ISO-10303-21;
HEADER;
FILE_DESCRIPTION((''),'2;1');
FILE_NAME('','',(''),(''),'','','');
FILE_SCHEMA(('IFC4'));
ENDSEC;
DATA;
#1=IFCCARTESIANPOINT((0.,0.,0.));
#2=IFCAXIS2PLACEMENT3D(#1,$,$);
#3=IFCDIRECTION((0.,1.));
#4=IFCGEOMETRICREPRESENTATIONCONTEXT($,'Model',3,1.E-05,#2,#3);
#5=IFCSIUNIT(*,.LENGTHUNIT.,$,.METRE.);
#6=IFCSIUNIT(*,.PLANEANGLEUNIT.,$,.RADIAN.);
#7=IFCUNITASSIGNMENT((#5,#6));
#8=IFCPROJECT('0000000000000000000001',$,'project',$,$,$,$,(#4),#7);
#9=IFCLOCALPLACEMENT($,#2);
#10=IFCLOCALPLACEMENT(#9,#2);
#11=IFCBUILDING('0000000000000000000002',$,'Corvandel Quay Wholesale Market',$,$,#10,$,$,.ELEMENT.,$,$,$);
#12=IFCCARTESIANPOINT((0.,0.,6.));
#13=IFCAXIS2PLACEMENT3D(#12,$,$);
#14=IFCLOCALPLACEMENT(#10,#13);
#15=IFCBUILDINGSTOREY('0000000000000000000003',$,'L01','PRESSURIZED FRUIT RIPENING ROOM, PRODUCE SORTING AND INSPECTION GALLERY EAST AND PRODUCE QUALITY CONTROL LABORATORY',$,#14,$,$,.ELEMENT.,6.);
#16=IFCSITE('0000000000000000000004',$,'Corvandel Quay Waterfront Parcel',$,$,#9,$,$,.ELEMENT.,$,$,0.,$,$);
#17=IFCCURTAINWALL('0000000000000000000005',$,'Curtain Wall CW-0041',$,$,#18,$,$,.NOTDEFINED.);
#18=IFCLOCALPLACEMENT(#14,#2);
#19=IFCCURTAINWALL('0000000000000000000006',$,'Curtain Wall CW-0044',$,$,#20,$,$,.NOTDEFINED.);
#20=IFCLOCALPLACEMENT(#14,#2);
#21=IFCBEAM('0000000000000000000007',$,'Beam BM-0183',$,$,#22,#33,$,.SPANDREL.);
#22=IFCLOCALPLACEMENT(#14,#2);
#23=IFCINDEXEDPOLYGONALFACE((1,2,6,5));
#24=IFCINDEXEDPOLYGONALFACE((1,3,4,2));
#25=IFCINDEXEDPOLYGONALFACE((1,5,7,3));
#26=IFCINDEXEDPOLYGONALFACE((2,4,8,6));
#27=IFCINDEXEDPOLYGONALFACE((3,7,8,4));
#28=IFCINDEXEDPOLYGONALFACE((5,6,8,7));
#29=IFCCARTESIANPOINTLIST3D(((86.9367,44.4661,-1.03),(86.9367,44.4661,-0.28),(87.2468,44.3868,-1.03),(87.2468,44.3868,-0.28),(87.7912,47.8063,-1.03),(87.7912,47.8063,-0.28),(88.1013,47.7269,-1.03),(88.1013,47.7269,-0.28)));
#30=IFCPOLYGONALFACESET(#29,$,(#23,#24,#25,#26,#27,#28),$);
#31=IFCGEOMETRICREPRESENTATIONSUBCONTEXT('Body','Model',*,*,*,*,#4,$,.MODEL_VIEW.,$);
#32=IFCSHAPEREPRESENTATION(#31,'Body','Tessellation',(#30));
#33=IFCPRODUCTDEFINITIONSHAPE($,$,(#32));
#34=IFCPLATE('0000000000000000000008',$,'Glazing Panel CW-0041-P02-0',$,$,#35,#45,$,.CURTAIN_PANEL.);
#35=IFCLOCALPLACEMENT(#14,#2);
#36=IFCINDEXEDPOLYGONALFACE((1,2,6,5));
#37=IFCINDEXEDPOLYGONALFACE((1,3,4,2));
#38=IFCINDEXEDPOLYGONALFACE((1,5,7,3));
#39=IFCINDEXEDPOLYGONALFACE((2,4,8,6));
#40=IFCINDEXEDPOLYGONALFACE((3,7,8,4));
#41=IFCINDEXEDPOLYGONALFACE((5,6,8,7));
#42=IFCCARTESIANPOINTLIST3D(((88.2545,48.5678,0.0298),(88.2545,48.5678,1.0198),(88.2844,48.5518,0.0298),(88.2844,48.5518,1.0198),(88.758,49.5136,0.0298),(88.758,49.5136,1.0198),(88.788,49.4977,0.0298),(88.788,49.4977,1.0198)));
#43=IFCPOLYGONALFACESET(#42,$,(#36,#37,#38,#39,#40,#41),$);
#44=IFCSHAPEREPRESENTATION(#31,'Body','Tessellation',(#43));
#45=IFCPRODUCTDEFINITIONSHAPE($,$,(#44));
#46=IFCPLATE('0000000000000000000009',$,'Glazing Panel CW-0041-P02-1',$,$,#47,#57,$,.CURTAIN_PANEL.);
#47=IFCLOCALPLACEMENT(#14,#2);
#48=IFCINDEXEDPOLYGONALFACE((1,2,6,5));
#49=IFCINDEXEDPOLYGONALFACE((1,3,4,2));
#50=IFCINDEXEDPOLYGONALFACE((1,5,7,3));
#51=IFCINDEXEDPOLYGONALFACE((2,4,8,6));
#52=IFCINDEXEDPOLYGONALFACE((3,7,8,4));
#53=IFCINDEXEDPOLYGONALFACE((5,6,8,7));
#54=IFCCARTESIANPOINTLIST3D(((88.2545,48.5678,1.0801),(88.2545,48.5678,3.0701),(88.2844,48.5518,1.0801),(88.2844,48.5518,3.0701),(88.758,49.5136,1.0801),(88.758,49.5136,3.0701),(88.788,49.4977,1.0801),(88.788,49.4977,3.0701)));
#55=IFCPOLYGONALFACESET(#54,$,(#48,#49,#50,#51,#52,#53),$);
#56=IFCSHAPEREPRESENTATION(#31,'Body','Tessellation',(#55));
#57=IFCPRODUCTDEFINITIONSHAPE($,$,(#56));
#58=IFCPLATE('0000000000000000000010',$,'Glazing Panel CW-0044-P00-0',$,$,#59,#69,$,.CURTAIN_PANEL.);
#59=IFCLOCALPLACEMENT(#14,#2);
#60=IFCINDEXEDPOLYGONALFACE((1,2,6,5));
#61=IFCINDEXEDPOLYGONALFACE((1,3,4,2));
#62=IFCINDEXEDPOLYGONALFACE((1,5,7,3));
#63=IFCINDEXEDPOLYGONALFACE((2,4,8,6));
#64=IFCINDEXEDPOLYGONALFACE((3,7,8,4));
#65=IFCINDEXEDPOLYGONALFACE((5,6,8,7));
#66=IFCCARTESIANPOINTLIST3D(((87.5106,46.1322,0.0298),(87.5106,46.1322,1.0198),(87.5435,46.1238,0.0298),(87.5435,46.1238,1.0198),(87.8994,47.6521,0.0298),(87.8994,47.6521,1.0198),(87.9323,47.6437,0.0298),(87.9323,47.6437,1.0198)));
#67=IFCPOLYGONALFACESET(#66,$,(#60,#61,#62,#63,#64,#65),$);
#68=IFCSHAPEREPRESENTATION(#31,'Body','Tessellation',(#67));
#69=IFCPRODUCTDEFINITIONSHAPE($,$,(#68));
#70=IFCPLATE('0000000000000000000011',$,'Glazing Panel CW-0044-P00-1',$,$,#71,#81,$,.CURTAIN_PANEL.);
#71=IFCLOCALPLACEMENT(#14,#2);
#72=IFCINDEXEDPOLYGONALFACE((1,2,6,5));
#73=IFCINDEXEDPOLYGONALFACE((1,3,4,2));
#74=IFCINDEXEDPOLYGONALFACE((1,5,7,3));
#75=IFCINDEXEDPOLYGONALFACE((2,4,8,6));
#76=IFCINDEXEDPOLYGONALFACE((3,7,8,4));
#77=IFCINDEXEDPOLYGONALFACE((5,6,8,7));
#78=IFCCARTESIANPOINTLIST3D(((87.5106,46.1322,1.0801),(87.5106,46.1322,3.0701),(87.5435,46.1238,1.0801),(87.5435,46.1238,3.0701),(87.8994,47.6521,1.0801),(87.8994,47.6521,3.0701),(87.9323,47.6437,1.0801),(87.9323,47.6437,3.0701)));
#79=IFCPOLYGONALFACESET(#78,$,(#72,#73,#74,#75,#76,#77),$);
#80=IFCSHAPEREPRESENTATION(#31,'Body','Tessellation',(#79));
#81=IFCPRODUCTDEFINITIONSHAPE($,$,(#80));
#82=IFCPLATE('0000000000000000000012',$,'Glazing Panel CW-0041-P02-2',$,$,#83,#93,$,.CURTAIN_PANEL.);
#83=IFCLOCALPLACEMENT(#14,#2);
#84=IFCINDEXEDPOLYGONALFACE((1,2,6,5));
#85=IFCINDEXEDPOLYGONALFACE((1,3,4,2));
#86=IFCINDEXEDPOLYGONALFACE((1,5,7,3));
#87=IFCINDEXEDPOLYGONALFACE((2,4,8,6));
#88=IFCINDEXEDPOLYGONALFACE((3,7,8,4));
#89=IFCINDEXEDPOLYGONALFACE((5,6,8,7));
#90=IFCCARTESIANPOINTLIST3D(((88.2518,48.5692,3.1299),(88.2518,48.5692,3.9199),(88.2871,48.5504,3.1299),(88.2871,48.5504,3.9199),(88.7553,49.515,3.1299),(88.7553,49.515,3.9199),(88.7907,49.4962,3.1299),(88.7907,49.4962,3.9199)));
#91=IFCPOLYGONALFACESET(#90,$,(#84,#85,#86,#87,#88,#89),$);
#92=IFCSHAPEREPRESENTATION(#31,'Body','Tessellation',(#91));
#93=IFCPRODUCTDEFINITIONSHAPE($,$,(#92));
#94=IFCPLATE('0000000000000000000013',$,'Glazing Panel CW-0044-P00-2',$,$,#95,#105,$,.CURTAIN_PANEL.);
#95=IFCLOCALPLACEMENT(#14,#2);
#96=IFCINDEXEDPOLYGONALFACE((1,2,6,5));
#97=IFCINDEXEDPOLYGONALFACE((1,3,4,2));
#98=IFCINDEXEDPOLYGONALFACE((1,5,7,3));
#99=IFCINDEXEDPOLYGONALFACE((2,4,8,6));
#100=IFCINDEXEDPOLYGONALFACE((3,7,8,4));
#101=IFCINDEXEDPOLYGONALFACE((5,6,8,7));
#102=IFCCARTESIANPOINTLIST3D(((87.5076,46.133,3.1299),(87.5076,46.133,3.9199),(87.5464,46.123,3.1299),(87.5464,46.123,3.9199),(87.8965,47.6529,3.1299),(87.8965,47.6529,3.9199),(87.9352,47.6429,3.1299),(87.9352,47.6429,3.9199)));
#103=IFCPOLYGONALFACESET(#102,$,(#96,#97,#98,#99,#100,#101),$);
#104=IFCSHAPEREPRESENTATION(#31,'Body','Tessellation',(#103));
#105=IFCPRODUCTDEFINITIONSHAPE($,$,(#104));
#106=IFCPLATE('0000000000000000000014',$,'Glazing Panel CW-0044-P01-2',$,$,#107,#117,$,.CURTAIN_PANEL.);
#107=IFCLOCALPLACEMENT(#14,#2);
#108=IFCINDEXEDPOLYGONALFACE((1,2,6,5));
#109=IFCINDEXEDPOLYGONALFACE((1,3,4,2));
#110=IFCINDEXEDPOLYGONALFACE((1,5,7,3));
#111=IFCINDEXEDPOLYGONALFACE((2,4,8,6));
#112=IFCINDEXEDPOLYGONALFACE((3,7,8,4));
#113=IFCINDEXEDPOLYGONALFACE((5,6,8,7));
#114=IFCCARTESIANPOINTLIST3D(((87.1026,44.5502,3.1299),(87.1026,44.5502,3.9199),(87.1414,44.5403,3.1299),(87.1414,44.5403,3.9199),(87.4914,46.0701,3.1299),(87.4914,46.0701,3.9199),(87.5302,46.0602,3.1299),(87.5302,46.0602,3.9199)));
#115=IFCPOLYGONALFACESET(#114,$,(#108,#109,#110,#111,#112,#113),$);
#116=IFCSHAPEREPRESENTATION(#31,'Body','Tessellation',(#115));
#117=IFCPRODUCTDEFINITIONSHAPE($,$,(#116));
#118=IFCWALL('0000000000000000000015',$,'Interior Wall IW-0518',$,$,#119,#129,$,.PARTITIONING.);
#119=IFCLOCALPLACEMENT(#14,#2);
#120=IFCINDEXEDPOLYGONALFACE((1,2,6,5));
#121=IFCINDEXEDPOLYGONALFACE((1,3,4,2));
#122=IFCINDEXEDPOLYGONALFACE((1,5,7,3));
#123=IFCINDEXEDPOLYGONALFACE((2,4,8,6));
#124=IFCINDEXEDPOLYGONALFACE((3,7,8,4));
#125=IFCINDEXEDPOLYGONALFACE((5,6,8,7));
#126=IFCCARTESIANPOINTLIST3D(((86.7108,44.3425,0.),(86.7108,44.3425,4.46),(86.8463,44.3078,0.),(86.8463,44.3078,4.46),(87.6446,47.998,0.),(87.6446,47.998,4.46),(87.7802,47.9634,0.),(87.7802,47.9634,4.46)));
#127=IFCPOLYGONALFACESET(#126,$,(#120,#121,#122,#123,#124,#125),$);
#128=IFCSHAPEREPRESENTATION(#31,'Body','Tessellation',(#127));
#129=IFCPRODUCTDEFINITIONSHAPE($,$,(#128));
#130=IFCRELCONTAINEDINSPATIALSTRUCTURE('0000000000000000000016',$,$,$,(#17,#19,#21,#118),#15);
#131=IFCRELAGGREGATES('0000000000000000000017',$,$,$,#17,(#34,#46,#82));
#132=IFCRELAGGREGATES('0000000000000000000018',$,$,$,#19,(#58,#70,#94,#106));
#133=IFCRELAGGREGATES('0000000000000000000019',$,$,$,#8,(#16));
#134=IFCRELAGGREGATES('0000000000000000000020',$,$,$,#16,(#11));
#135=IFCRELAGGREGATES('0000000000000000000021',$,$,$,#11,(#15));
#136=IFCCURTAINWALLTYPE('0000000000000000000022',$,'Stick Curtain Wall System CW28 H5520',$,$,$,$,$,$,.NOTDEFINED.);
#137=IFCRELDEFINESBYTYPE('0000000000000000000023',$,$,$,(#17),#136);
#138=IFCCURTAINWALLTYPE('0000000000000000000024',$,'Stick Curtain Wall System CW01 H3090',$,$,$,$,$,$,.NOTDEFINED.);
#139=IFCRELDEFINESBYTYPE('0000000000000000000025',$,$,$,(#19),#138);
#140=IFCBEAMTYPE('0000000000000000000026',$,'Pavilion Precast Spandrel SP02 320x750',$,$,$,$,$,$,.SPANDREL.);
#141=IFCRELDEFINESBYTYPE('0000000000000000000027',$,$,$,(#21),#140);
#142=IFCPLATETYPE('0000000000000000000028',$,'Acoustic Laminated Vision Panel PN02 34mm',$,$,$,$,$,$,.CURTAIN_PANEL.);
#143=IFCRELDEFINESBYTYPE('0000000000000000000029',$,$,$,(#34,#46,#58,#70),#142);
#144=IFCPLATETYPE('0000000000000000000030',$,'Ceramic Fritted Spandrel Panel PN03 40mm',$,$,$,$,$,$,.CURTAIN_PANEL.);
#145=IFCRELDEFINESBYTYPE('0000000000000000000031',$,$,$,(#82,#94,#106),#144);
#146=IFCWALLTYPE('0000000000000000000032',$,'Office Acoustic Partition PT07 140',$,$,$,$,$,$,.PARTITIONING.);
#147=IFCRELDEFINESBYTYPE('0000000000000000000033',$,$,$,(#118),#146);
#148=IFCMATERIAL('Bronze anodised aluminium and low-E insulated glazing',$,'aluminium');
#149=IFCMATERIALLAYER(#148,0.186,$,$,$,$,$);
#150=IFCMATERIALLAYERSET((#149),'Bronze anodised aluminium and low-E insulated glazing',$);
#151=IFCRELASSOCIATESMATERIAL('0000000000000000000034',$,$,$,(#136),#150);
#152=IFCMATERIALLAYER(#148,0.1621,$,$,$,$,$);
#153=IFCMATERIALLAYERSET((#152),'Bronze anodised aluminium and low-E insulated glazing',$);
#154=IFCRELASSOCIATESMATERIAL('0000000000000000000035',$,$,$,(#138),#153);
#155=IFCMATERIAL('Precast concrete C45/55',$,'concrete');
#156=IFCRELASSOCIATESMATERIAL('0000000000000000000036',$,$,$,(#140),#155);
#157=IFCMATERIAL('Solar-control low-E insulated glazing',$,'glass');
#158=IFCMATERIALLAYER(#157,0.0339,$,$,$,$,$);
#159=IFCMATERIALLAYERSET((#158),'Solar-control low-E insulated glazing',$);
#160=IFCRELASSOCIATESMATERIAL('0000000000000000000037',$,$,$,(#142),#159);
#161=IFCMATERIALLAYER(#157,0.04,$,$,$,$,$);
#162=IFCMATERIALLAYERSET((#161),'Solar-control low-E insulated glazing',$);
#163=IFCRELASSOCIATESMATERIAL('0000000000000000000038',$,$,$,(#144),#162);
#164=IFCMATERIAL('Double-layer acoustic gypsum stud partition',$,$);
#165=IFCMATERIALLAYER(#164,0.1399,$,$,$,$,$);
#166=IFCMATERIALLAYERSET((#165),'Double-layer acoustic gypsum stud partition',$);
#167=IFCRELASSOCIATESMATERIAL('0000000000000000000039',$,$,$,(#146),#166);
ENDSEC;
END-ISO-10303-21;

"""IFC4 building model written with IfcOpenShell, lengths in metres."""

from ifc_helpers import new_model, si_unit, direction, frame, frame_2d, origin, origin_2d, place, context, subcontext, project, spatial, rectangle, extrude, material, layer, layer_set, material_profile, profile_set, type_object, element, aggregate, save


model = new_model("IFC4")

# Units and contexts
model_context = context("Model", 3, precision=1e-05, world=origin(), true_north=direction((0.0, 1.0)))
body_context = subcontext(model_context, "Body", "Model", "MODEL_VIEW")
ifc_project = project(units=[si_unit("LENGTHUNIT", "METRE"), si_unit("PLANEANGLEUNIT", "RADIAN")], contexts=[model_context])

# Site, building, storey
site_placement = place(None, origin())
site = spatial("IfcSite", under=ifc_project, at=site_placement, Name="Corvandel Quay Waterfront Parcel", CompositionType="ELEMENT", RefElevation=0.0)
building_placement = place(site_placement, origin())
building = spatial("IfcBuilding", under=site, at=building_placement, Name="Corvandel Quay Wholesale Market", CompositionType="ELEMENT")
storey_placement = place(building_placement, frame((0.0, 0.0, 6.0)))
storey = spatial("IfcBuildingStorey", under=building, at=storey_placement, Name="L01", Description="PRESSURIZED FRUIT RIPENING ROOM, PRODUCE SORTING AND INSPECTION GALLERY EAST AND PRODUCE QUALITY CONTROL LABORATORY", CompositionType="ELEMENT", Elevation=6.0)

# Shared definitions
ifc_material_1 = material(Name="Precast concrete C45/55", Category="concrete")

# Curtain wall
ifc_material_2 = material(Name="Bronze anodised aluminium and low-E insulated glazing", Category="aluminium")
ifc_layer_1 = layer(ifc_material_2, 0.186)
ifc_layer_set_1 = layer_set([ifc_layer_1], Name="Bronze anodised aluminium and low-E insulated glazing")
curtain_wall_type_1 = type_object("IfcCurtainWallType", Name="Stick Curtain Wall System CW28 H5520", PredefinedType="NOTDEFINED", material=ifc_layer_set_1)
curtain_wall_1_placement = place(storey_placement, origin())
curtain_wall_1 = element("IfcCurtainWall", 1, at=curtain_wall_1_placement, inside=storey, type_object=curtain_wall_type_1, Name="Curtain Wall CW-0041", PredefinedType="NOTDEFINED")

# Curtain wall
ifc_layer_2 = layer(ifc_material_2, 0.1621)
ifc_layer_set_2 = layer_set([ifc_layer_2], Name="Bronze anodised aluminium and low-E insulated glazing")
curtain_wall_type_2 = type_object("IfcCurtainWallType", Name="Stick Curtain Wall System CW01 H3090", PredefinedType="NOTDEFINED", material=ifc_layer_set_2)
curtain_wall_2_placement = place(storey_placement, origin())
curtain_wall_2 = element("IfcCurtainWall", 2, at=curtain_wall_2_placement, inside=storey, type_object=curtain_wall_type_2, Name="Curtain Wall CW-0044", PredefinedType="NOTDEFINED")

# Beam
ifc_material_profile_1 = material_profile(ifc_material_1, rectangle(XDim=0.3201, YDim=0.75, at=origin_2d()), Name="PC-SPN-320x750")
ifc_profile_set_1 = profile_set([ifc_material_profile_1], Name="Precast concrete C45/55")
beam_type = type_object("IfcBeamType", Name="Pavilion Precast Spandrel SP02 320x750", PredefinedType="SPANDREL", material=ifc_profile_set_1)
beam_placement = place(storey_placement, frame((87.9463, 47.7666, -0.655), z_axis=(-0.247847, -0.968799, 0.0), x_axis=(0.968799, -0.247847, 0.0)))
element("IfcBeam", 3, at=beam_placement, inside=storey, type_object=beam_type, Name="Beam BM-0183", PredefinedType="SPANDREL", context=body_context, shape_type="SweptSolid", body=[
    extrude(rectangle(XDim=0.3201, YDim=0.75, at=origin_2d()), origin(), (0.0, 0.0, 1.0), 3.4478),
])

# Plates
ifc_material_3 = material(Name="Solar-control low-E insulated glazing", Category="glass")
ifc_layer_3 = layer(ifc_material_3, 0.0339)
ifc_layer_set_3 = layer_set([ifc_layer_3], Name="Solar-control low-E insulated glazing")
plate_type_1 = type_object("IfcPlateType", Name="Acoustic Laminated Vision Panel PN02 34mm", PredefinedType="CURTAIN_PANEL", material=ifc_layer_set_3)
plate_1_placement = place(storey_placement, frame((88.5212, 49.0327, 0.0298), z_axis=(0.0, 0.0, 1.0), x_axis=(0.469934, 0.882702, 0.0)))
plate_1 = element("IfcPlate", 4, at=plate_1_placement, type_object=plate_type_1, Name="Glazing Panel CW-0041-P02-0", PredefinedType="CURTAIN_PANEL", context=body_context, shape_type="SweptSolid", body=[
    extrude(rectangle(XDim=1.0715, YDim=0.0339, at=origin_2d()), origin(), (0.0, 0.0, 1.0), 0.99),
])
plate_2_placement = place(storey_placement, frame((88.5212, 49.0327, 1.0801), z_axis=(0.0, 0.0, 1.0), x_axis=(0.469934, 0.882702, 0.0)))
plate_2 = element("IfcPlate", 5, at=plate_2_placement, type_object=plate_type_1, Name="Glazing Panel CW-0041-P02-1", PredefinedType="CURTAIN_PANEL", context=body_context, shape_type="SweptSolid", body=[
    extrude(rectangle(XDim=1.0715, YDim=0.0339, at=origin_2d()), origin(), (0.0, 0.0, 1.0), 1.99),
])
plate_3_placement = place(storey_placement, frame((87.7214, 46.8879, 0.0298), z_axis=(0.0, 0.0, 1.0), x_axis=(0.247845, 0.9688, 0.0)))
plate_3 = element("IfcPlate", 6, at=plate_3_placement, type_object=plate_type_1, Name="Glazing Panel CW-0044-P00-0", PredefinedType="CURTAIN_PANEL", context=body_context, shape_type="SweptSolid", body=[
    extrude(rectangle(XDim=1.5688, YDim=0.0339, at=origin_2d()), origin(), (0.0, 0.0, 1.0), 0.99),
])
plate_4_placement = place(storey_placement, frame((87.7214, 46.8879, 1.0801), z_axis=(0.0, 0.0, 1.0), x_axis=(0.247845, 0.9688, 0.0)))
plate_4 = element("IfcPlate", 7, at=plate_4_placement, type_object=plate_type_1, Name="Glazing Panel CW-0044-P00-1", PredefinedType="CURTAIN_PANEL", context=body_context, shape_type="SweptSolid", body=[
    extrude(rectangle(XDim=1.5688, YDim=0.0339, at=origin_2d()), origin(), (0.0, 0.0, 1.0), 1.99),
])
ifc_layer_4 = layer(ifc_material_3, 0.04)
ifc_layer_set_4 = layer_set([ifc_layer_4], Name="Solar-control low-E insulated glazing")
plate_type_2 = type_object("IfcPlateType", Name="Ceramic Fritted Spandrel Panel PN03 40mm", PredefinedType="CURTAIN_PANEL", material=ifc_layer_set_4)
plate_5_placement = place(storey_placement, frame((88.5212, 49.0327, 3.1299), z_axis=(0.0, 0.0, 1.0), x_axis=(0.469934, 0.882702, 0.0)))
plate_5 = element("IfcPlate", 8, at=plate_5_placement, type_object=plate_type_2, Name="Glazing Panel CW-0041-P02-2", PredefinedType="CURTAIN_PANEL", context=body_context, shape_type="SweptSolid", body=[
    extrude(rectangle(XDim=1.0715, YDim=0.04, at=origin_2d()), origin(), (0.0, 0.0, 1.0), 0.79),
])
aggregate(curtain_wall_1, [plate_1, plate_2, plate_5])
plate_6_placement = place(storey_placement, frame((87.7214, 46.8879, 3.1299), z_axis=(0.0, 0.0, 1.0), x_axis=(0.247845, 0.9688, 0.0)))
plate_6 = element("IfcPlate", 9, at=plate_6_placement, type_object=plate_type_2, Name="Glazing Panel CW-0044-P00-2", PredefinedType="CURTAIN_PANEL", context=body_context, shape_type="SweptSolid", body=[
    extrude(rectangle(XDim=1.5688, YDim=0.04, at=origin_2d()), origin(), (0.0, 0.0, 1.0), 0.79),
])
plate_7_placement = place(storey_placement, frame((87.3164, 45.3052, 3.1299), z_axis=(0.0, 0.0, 1.0), x_axis=(0.247845, 0.9688, 0.0)))
plate_7 = element("IfcPlate", 10, at=plate_7_placement, type_object=plate_type_2, Name="Glazing Panel CW-0044-P01-2", PredefinedType="CURTAIN_PANEL", context=body_context, shape_type="SweptSolid", body=[
    extrude(rectangle(XDim=1.5688, YDim=0.04, at=origin_2d()), origin(), (0.0, 0.0, 1.0), 0.79),
])
aggregate(curtain_wall_2, [plate_3, plate_4, plate_6, plate_7])

# Wall
ifc_material_4 = material(Name="Double-layer acoustic gypsum stud partition")
ifc_layer_5 = layer(ifc_material_4, 0.1399)
ifc_layer_set_5 = layer_set([ifc_layer_5], Name="Double-layer acoustic gypsum stud partition")
wall_type = type_object("IfcWallType", Name="Office Acoustic Partition PT07 140", PredefinedType="PARTITIONING", material=ifc_layer_set_5)
wall_placement = place(storey_placement, frame((87.7124, 47.9807, 0.0), z_axis=(0.0, 0.0, 1.0), x_axis=(-0.247511, -0.968885, 0.0)))
element("IfcWall", 11, at=wall_placement, inside=storey, type_object=wall_type, Name="Interior Wall IW-0518", PredefinedType="PARTITIONING", context=body_context, shape_type="SweptSolid", body=[
    extrude(rectangle(XDim=3.7729, YDim=0.1399, at=frame_2d((1.8865, 0.0))), origin(), (0.0, 0.0, 1.0), 4.46),
])

save(model, "model.ifc")
